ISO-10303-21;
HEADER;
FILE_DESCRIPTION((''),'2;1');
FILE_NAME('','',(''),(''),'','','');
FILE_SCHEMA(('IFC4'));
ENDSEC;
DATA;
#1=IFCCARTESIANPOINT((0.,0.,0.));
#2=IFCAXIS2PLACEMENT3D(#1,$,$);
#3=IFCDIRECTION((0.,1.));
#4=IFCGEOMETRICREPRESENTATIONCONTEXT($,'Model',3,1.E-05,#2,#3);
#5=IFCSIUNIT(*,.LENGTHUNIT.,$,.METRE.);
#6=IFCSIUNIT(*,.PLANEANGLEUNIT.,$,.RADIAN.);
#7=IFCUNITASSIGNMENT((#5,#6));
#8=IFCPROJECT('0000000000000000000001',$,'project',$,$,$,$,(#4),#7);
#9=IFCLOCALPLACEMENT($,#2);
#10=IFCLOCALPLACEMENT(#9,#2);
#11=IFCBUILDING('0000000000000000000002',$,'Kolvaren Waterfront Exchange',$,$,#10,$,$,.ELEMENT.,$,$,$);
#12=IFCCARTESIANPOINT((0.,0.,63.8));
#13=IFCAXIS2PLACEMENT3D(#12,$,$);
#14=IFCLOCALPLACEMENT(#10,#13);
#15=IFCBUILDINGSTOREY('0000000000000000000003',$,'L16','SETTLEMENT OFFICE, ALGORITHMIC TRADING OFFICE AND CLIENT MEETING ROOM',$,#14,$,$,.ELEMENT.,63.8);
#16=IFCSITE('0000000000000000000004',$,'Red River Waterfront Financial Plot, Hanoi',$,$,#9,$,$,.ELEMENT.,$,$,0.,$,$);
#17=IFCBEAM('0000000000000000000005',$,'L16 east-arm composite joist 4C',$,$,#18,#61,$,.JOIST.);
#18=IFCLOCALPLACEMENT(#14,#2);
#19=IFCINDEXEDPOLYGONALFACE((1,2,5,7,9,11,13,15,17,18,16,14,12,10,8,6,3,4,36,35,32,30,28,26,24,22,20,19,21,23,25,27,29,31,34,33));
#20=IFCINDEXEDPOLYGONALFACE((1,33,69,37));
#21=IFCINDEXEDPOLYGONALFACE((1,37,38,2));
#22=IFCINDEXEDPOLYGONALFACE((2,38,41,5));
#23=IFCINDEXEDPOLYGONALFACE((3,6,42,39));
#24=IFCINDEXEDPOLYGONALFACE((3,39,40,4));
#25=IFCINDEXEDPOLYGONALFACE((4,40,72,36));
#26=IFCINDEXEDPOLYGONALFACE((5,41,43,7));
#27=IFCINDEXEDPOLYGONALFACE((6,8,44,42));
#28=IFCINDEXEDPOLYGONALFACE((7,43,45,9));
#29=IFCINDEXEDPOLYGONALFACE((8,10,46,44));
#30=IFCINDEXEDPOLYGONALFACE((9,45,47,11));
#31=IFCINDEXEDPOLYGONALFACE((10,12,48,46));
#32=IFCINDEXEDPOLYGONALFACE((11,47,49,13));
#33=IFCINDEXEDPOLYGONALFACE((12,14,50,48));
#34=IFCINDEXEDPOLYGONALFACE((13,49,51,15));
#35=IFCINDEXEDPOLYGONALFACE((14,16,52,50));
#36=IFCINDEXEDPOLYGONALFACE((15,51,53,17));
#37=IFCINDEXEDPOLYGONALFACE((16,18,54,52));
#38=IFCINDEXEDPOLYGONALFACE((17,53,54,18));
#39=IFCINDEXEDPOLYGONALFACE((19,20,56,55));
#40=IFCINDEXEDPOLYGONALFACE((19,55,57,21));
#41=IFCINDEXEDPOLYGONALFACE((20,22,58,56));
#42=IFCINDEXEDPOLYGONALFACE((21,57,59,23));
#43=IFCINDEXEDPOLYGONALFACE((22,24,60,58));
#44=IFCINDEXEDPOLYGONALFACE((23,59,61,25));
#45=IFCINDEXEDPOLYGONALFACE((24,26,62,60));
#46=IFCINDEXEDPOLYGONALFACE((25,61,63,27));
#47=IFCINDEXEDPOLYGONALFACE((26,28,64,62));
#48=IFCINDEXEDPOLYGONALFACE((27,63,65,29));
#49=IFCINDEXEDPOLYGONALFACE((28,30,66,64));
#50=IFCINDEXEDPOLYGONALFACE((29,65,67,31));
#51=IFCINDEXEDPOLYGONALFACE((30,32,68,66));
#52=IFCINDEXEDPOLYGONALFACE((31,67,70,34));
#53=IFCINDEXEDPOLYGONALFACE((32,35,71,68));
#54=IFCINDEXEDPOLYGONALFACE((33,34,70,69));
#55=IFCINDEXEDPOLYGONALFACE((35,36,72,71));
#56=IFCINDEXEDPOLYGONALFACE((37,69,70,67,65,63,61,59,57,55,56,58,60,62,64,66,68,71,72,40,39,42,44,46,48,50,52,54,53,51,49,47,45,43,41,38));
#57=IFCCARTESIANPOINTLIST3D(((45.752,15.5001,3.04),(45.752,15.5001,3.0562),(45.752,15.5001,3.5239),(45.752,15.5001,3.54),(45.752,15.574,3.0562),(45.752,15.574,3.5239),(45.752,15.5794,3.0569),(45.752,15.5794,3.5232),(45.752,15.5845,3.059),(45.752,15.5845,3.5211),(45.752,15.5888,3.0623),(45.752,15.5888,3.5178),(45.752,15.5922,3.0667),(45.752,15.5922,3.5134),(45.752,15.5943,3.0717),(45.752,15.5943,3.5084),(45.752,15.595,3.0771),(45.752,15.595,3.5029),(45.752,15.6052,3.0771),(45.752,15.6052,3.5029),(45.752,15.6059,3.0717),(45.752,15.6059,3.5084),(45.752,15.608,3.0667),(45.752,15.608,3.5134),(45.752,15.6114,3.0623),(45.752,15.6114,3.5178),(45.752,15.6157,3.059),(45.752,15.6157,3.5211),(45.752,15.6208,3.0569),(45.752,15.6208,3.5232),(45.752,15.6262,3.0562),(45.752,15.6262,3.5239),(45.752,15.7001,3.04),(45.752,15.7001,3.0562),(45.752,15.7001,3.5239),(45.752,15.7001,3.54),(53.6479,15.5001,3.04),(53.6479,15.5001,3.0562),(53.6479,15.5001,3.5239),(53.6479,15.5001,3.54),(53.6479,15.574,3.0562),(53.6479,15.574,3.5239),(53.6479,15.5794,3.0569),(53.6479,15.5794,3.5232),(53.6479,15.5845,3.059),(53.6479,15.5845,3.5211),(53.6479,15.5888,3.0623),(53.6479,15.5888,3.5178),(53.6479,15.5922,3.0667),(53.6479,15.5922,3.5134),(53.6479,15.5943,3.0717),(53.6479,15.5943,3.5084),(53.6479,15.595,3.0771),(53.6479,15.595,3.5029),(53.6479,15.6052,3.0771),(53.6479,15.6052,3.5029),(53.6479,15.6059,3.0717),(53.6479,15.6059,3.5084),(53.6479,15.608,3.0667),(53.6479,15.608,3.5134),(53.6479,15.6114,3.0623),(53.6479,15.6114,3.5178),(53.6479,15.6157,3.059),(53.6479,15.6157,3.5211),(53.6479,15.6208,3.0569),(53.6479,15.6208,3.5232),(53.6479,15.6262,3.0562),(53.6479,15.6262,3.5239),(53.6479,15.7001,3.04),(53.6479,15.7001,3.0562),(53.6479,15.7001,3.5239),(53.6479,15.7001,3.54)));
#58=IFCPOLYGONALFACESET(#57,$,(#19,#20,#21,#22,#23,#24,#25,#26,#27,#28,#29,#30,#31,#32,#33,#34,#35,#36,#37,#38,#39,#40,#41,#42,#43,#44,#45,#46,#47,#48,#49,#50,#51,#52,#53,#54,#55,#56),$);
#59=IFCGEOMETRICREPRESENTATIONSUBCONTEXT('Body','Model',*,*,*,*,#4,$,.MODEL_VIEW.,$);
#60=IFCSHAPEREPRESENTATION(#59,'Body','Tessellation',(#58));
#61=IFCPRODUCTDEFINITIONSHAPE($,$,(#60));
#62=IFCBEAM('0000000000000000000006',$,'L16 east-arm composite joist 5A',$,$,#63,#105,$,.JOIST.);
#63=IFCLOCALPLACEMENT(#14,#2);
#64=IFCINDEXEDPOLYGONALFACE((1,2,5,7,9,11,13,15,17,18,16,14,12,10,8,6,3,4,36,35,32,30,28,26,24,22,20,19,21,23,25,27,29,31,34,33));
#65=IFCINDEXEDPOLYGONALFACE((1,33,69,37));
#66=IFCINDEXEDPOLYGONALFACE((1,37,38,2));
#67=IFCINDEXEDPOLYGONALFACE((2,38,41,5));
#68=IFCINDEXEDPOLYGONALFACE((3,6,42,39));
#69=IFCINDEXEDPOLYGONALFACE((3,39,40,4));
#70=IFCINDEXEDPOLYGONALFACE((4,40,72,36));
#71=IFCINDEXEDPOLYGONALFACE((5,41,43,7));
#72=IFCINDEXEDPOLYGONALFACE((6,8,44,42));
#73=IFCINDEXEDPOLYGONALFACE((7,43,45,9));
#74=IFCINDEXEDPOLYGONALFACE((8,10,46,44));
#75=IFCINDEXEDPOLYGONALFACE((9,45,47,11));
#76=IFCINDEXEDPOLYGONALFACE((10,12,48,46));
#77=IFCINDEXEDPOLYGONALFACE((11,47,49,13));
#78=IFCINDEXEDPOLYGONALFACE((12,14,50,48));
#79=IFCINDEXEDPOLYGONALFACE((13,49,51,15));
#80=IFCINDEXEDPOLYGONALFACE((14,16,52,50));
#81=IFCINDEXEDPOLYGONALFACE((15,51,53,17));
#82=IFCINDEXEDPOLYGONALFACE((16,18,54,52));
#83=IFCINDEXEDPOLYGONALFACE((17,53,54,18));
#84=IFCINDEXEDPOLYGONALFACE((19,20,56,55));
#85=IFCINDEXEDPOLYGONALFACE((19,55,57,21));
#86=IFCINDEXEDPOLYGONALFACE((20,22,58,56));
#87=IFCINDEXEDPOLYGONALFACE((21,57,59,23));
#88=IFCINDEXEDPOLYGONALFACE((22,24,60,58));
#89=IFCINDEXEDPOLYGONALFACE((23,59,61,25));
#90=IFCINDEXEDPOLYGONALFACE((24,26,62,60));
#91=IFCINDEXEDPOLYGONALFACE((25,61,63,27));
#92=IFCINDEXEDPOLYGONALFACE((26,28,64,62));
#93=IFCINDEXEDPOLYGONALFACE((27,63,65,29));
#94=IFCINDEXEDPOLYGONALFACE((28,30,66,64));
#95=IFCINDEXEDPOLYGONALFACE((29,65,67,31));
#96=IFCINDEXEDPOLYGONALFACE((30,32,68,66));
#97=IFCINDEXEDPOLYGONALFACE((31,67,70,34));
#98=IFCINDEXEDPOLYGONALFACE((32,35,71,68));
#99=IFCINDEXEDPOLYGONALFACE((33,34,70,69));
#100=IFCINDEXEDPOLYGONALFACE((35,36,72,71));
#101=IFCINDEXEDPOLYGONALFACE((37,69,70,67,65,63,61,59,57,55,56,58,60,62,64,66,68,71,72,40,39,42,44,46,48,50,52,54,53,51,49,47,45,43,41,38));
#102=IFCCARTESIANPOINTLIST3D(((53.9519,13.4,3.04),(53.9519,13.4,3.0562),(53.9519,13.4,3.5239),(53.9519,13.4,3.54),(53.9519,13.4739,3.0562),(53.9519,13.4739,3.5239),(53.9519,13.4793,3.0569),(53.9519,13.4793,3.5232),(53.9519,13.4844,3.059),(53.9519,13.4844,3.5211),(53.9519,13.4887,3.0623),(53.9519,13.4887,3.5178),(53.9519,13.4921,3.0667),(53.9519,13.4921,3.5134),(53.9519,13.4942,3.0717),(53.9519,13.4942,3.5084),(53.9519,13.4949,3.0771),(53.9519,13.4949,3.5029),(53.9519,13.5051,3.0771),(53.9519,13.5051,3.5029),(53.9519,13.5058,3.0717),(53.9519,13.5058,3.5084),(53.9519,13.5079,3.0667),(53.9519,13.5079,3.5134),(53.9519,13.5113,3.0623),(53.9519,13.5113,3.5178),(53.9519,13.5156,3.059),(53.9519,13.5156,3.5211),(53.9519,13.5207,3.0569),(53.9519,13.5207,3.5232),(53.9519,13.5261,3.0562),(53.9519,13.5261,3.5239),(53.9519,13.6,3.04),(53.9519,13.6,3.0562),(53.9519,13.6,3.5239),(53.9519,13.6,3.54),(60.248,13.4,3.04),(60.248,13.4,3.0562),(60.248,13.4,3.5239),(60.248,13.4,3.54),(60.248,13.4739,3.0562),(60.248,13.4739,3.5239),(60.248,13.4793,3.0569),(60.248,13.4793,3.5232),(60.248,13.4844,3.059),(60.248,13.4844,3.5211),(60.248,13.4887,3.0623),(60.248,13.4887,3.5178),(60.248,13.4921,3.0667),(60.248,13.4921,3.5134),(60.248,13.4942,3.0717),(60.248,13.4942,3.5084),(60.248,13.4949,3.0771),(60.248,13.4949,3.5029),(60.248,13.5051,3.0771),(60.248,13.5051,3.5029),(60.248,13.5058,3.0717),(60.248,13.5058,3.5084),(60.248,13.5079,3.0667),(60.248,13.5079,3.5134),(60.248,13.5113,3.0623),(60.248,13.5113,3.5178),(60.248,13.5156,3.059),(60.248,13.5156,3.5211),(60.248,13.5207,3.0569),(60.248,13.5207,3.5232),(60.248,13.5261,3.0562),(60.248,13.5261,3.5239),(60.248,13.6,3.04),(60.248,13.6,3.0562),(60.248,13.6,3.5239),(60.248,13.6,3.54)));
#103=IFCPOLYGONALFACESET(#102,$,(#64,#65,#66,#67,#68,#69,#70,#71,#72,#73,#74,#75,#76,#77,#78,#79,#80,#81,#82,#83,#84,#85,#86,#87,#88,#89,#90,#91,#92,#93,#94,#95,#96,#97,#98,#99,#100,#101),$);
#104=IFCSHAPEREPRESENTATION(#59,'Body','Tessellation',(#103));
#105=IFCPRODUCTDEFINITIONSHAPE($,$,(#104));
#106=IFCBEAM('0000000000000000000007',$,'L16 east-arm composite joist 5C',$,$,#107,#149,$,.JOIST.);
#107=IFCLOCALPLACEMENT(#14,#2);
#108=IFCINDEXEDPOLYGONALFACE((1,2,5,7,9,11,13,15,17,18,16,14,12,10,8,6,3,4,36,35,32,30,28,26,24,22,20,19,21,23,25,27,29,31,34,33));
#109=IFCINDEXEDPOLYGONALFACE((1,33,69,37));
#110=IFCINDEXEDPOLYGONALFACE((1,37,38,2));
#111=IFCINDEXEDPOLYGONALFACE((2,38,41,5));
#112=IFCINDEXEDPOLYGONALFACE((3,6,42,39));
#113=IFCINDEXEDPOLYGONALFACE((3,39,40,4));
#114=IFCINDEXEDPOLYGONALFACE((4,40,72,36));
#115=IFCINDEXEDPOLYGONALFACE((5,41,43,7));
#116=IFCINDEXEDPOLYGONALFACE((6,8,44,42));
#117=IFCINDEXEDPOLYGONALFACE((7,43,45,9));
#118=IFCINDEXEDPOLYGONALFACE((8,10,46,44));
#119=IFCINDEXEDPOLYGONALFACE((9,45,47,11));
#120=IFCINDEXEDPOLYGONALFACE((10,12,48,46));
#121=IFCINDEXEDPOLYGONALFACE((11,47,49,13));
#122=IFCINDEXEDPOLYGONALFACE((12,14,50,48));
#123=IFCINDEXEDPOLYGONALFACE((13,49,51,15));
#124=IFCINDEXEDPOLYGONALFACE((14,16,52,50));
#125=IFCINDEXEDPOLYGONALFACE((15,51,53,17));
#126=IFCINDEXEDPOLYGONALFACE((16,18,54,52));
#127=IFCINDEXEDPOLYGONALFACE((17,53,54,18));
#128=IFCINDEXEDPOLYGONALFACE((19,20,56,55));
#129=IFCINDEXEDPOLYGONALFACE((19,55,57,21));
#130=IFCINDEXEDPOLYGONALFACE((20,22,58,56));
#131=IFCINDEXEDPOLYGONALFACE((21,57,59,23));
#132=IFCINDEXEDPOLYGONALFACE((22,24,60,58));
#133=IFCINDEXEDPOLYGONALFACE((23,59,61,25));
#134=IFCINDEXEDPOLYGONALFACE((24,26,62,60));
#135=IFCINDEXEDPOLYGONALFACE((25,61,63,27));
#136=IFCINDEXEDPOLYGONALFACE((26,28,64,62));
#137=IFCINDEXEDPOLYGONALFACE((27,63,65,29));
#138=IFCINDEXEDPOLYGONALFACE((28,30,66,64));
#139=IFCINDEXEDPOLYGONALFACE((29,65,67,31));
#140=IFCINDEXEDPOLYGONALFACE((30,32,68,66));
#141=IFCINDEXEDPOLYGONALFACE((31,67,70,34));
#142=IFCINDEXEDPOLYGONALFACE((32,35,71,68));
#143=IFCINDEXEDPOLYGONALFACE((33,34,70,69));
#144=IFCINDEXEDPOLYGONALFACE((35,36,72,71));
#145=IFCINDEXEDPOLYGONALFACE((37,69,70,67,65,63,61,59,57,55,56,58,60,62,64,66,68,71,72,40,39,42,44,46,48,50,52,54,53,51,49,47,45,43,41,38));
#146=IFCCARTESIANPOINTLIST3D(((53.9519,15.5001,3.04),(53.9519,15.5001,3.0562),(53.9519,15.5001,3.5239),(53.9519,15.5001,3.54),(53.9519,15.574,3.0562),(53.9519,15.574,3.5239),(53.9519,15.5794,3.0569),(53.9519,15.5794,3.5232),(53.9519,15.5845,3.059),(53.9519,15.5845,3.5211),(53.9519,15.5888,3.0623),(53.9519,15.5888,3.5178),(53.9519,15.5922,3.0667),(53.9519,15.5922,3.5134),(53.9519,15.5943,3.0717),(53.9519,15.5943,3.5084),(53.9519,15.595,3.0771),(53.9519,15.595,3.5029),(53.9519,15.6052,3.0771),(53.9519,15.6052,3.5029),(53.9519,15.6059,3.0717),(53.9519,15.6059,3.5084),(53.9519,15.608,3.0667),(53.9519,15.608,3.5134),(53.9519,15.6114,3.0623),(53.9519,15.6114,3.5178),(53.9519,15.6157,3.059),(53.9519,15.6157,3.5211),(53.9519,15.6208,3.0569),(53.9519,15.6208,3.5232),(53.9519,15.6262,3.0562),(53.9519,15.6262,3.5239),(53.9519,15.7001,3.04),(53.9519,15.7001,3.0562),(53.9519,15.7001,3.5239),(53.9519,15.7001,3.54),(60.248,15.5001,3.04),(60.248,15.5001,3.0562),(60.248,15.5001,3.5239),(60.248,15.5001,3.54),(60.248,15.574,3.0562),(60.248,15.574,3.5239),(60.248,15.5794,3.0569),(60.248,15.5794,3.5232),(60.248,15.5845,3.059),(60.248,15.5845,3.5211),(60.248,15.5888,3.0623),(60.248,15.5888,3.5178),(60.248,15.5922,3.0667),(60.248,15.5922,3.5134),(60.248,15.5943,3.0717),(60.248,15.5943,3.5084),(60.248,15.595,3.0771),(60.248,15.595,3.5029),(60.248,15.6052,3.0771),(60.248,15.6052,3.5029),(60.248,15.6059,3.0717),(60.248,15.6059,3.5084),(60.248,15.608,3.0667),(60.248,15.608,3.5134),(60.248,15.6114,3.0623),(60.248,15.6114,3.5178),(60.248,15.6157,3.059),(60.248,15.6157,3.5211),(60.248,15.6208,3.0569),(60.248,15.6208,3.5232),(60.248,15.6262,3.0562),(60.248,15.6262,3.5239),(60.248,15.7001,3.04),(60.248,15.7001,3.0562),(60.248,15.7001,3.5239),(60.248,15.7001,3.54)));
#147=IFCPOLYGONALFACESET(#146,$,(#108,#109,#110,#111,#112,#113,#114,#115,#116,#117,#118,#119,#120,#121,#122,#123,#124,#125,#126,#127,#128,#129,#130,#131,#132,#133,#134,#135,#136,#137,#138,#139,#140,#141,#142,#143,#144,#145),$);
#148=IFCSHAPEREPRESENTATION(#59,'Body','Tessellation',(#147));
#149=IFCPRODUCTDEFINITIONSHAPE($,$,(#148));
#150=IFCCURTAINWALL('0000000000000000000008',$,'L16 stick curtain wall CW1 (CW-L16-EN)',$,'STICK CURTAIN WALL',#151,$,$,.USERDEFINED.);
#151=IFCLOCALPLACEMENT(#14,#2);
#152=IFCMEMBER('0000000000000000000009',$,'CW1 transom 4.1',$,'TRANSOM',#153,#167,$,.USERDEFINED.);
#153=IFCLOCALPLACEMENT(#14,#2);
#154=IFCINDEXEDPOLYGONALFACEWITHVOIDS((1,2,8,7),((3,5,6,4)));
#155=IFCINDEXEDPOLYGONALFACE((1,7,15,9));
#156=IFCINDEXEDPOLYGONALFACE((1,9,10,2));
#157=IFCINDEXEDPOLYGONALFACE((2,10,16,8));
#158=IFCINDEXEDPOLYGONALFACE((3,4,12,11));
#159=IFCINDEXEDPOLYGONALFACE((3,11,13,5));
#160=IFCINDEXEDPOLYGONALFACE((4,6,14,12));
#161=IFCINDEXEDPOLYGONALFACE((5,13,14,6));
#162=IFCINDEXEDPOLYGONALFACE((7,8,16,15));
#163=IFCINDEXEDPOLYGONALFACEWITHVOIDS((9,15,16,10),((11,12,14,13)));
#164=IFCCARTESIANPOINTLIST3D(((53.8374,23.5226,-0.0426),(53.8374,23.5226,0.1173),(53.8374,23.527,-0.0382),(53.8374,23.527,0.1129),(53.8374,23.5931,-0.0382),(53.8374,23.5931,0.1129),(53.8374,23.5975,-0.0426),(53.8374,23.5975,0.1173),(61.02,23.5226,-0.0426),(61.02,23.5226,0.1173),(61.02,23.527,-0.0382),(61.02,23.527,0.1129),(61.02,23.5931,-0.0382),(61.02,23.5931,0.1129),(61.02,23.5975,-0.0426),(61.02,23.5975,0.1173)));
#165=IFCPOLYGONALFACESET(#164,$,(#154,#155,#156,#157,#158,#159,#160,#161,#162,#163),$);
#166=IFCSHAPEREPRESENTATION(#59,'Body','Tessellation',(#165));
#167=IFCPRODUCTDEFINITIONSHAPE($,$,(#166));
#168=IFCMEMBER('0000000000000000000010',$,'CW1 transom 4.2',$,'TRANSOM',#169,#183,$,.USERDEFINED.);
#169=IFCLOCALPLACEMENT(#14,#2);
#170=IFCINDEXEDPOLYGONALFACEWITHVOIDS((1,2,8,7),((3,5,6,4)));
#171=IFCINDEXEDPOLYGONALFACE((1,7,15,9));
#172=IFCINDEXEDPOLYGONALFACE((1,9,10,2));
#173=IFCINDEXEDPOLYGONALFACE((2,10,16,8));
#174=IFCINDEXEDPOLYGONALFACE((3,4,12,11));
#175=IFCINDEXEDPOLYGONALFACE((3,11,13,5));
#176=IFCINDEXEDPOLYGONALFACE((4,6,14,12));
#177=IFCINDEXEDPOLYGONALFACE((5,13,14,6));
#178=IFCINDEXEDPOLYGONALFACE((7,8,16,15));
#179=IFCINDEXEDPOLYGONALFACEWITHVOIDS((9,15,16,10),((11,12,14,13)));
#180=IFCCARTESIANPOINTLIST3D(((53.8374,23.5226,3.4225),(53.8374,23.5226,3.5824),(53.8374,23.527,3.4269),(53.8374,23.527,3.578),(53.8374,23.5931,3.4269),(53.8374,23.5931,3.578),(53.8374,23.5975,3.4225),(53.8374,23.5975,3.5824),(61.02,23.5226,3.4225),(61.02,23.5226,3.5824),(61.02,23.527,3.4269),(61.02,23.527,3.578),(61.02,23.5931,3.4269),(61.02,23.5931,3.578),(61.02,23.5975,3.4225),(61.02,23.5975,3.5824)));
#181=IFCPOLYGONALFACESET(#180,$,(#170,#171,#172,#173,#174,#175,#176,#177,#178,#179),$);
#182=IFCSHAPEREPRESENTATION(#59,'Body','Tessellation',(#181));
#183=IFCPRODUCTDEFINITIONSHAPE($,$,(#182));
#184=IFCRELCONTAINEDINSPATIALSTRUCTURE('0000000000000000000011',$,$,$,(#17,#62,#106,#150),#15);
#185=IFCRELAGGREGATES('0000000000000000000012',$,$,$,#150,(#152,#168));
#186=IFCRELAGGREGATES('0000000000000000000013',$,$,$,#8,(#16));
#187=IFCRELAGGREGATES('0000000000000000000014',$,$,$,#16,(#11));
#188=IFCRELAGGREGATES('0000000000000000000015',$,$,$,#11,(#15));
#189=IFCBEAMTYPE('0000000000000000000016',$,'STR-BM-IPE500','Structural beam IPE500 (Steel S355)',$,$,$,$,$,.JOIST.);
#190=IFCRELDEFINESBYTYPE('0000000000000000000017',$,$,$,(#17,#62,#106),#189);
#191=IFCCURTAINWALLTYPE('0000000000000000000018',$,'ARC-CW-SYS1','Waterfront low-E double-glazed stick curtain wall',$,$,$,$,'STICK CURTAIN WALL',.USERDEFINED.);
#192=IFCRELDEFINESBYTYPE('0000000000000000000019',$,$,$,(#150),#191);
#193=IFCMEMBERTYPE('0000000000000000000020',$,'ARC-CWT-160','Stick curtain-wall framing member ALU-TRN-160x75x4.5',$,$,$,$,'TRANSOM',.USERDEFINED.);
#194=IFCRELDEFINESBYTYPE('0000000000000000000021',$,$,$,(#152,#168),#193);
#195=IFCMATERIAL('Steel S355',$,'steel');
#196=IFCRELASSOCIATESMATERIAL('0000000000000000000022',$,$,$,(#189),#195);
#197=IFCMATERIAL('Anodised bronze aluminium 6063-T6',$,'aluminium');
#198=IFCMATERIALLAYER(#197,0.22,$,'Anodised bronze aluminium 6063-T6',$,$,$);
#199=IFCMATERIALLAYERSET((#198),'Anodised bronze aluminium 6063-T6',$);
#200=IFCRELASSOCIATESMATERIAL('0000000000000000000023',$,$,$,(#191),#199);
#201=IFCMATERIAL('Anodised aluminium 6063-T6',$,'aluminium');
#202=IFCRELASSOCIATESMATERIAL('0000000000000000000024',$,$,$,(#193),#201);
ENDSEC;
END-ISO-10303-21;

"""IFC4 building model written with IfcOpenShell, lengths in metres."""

from ifc_helpers import new_model, si_unit, direction, frame, origin, origin_with_axes, origin_2d, place, context, subcontext, project, spatial, hollow_rectangle, i_section, extrude, source, transform, mapped, material, layer, layer_set, material_profile, profile_set, type_object, element, aggregate, save


model = new_model("IFC4")

# Units and contexts
model_context = context("Model", 3, precision=1e-05, world=origin(), true_north=direction((0.0, 1.0)))
body_context = subcontext(model_context, "Body", "Model", "MODEL_VIEW")
ifc_project = project(units=[si_unit("LENGTHUNIT", "METRE"), si_unit("PLANEANGLEUNIT", "RADIAN")], contexts=[model_context])

# Site, building, storey
site_placement = place(None, origin())
site = spatial("IfcSite", under=ifc_project, at=site_placement, Name="Red River Waterfront Financial Plot, Hanoi", CompositionType="ELEMENT", RefElevation=0.0)
building_placement = place(site_placement, origin())
building = spatial("IfcBuilding", under=site, at=building_placement, Name="Kolvaren Waterfront Exchange", CompositionType="ELEMENT")
storey_placement = place(building_placement, frame((0.0, 0.0, 63.8)))
storey = spatial("IfcBuildingStorey", under=building, at=storey_placement, Name="L16", Description="SETTLEMENT OFFICE, ALGORITHMIC TRADING OFFICE AND CLIENT MEETING ROOM", CompositionType="ELEMENT", Elevation=63.8)

# Beams
ifc_material_1 = material(Name="Steel S355", Category="steel")
ifc_material_profile_1 = material_profile(ifc_material_1, i_section(OverallWidth=0.2, OverallDepth=0.5, WebThickness=0.0103, FlangeThickness=0.0161, FilletRadius=0.021, at=origin_2d()), Name="IPE500")
ifc_profile_set_1 = profile_set([ifc_material_profile_1], Name="Steel S355")
beam_type_1 = type_object("IfcBeamType", Name="STR-BM-IPE500", Description="Structural beam IPE500 (Steel S355)", PredefinedType="JOIST", material=ifc_profile_set_1)
for number, where, z_axis, x_axis, name in (
    (1, (45.752, 15.6001, 3.29), (1.0, 0.0, 0.0), (0.0, 1.0, 0.0), "L16 east-arm composite joist 4C"),
):
    element("IfcBeam", number, at=place(storey_placement, frame(where, z_axis=z_axis, x_axis=x_axis)), inside=storey, type_object=beam_type_1, Name=name, PredefinedType="JOIST", context=body_context, shape_type="SweptSolid", body=[
        extrude(i_section(OverallWidth=0.2, OverallDepth=0.5, WebThickness=0.0103, FlangeThickness=0.0161, FilletRadius=0.021, at=origin_2d()), origin(), (0.0, 0.0, 1.0), 7.896),
    ])
for number, where, z_axis, x_axis, name in (
    (2, (53.9519, 13.5, 3.29), (1.0, 0.0, 0.0), (0.0, 1.0, 0.0), "L16 east-arm composite joist 5A"),
    (3, (53.9519, 15.6001, 3.29), (1.0, 0.0, 0.0), (0.0, 1.0, 0.0), "L16 east-arm composite joist 5C"),
):
    element("IfcBeam", number, at=place(storey_placement, frame(where, z_axis=z_axis, x_axis=x_axis)), inside=storey, type_object=beam_type_1, Name=name, PredefinedType="JOIST", context=body_context, shape_type="SweptSolid", body=[
        extrude(i_section(OverallWidth=0.2, OverallDepth=0.5, WebThickness=0.0103, FlangeThickness=0.0161, FilletRadius=0.021, at=origin_2d()), origin(), (0.0, 0.0, 1.0), 6.2961),
    ])

# Curtain wall, members
ifc_material_2 = material(Name="Anodised bronze aluminium 6063-T6", Category="aluminium")
ifc_layer_1 = layer(ifc_material_2, 0.22, Name="Anodised bronze aluminium 6063-T6")
ifc_layer_set_1 = layer_set([ifc_layer_1], Name="Anodised bronze aluminium 6063-T6")
curtain_wall_type = type_object("IfcCurtainWallType", Name="ARC-CW-SYS1", Description="Waterfront low-E double-glazed stick curtain wall", ElementType="STICK CURTAIN WALL", PredefinedType="USERDEFINED", material=ifc_layer_set_1)
curtain_wall_placement = place(storey_placement, origin())
curtain_wall = element("IfcCurtainWall", 4, at=curtain_wall_placement, inside=storey, type_object=curtain_wall_type, Name="L16 stick curtain wall CW1 (CW-L16-EN)", ObjectType="STICK CURTAIN WALL", PredefinedType="USERDEFINED")
ifc_material_3 = material(Name="Anodised aluminium 6063-T6", Category="aluminium")
ifc_material_profile_2 = material_profile(ifc_material_3, hollow_rectangle(XDim=0.075, YDim=0.1599, WallThickness=0.0044, at=origin_2d()), Name="ALU-TRN-160x75x4.5")
ifc_profile_set_2 = profile_set([ifc_material_profile_2], Name="Anodised aluminium 6063-T6")
member_type_1 = type_object("IfcMemberType", Name="ARC-CWT-160", Description="Stick curtain-wall framing member ALU-TRN-160x75x4.5", ElementType="TRANSOM", PredefinedType="USERDEFINED", material=ifc_profile_set_2)
shared_shape_1 = source(origin_with_axes(), body_context, "Body", "SweptSolid", [
    extrude(hollow_rectangle(XDim=0.075, YDim=0.1599, WallThickness=0.0044, at=origin_2d()), origin(), (0.0, 0.0, 1.0), 7.1826),
])
member_1_placement = place(storey_placement, frame((53.8374, 23.5601, 0.0374), z_axis=(1.0, 0.0, 0.0), x_axis=(0.0, 1.0, 0.0)))
member_1 = element("IfcMember", 5, at=member_1_placement, type_object=member_type_1, Name="CW1 transom 4.1", ObjectType="TRANSOM", PredefinedType="USERDEFINED", context=body_context, shape_type="MappedRepresentation", body=[
    mapped(shared_shape_1, transform((0.0, 0.0, 0.0), x_axis=(1.0, 0.0, 0.0), y_axis=(0.0, 1.0, 0.0), z_axis=(0.0, 0.0, 1.0), scale=1.0)),
])
member_2_placement = place(storey_placement, frame((53.8374, 23.5601, 3.5024), z_axis=(1.0, 0.0, 0.0), x_axis=(0.0, 1.0, 0.0)))
member_2 = element("IfcMember", 6, at=member_2_placement, type_object=member_type_1, Name="CW1 transom 4.2", ObjectType="TRANSOM", PredefinedType="USERDEFINED", context=body_context, shape_type="MappedRepresentation", body=[
    mapped(shared_shape_1, transform((0.0, 0.0, 0.0), x_axis=(1.0, 0.0, 0.0), y_axis=(0.0, 1.0, 0.0), z_axis=(0.0, 0.0, 1.0), scale=1.0)),
])
aggregate(curtain_wall, [member_1, member_2])

save(model, "model.ifc")
